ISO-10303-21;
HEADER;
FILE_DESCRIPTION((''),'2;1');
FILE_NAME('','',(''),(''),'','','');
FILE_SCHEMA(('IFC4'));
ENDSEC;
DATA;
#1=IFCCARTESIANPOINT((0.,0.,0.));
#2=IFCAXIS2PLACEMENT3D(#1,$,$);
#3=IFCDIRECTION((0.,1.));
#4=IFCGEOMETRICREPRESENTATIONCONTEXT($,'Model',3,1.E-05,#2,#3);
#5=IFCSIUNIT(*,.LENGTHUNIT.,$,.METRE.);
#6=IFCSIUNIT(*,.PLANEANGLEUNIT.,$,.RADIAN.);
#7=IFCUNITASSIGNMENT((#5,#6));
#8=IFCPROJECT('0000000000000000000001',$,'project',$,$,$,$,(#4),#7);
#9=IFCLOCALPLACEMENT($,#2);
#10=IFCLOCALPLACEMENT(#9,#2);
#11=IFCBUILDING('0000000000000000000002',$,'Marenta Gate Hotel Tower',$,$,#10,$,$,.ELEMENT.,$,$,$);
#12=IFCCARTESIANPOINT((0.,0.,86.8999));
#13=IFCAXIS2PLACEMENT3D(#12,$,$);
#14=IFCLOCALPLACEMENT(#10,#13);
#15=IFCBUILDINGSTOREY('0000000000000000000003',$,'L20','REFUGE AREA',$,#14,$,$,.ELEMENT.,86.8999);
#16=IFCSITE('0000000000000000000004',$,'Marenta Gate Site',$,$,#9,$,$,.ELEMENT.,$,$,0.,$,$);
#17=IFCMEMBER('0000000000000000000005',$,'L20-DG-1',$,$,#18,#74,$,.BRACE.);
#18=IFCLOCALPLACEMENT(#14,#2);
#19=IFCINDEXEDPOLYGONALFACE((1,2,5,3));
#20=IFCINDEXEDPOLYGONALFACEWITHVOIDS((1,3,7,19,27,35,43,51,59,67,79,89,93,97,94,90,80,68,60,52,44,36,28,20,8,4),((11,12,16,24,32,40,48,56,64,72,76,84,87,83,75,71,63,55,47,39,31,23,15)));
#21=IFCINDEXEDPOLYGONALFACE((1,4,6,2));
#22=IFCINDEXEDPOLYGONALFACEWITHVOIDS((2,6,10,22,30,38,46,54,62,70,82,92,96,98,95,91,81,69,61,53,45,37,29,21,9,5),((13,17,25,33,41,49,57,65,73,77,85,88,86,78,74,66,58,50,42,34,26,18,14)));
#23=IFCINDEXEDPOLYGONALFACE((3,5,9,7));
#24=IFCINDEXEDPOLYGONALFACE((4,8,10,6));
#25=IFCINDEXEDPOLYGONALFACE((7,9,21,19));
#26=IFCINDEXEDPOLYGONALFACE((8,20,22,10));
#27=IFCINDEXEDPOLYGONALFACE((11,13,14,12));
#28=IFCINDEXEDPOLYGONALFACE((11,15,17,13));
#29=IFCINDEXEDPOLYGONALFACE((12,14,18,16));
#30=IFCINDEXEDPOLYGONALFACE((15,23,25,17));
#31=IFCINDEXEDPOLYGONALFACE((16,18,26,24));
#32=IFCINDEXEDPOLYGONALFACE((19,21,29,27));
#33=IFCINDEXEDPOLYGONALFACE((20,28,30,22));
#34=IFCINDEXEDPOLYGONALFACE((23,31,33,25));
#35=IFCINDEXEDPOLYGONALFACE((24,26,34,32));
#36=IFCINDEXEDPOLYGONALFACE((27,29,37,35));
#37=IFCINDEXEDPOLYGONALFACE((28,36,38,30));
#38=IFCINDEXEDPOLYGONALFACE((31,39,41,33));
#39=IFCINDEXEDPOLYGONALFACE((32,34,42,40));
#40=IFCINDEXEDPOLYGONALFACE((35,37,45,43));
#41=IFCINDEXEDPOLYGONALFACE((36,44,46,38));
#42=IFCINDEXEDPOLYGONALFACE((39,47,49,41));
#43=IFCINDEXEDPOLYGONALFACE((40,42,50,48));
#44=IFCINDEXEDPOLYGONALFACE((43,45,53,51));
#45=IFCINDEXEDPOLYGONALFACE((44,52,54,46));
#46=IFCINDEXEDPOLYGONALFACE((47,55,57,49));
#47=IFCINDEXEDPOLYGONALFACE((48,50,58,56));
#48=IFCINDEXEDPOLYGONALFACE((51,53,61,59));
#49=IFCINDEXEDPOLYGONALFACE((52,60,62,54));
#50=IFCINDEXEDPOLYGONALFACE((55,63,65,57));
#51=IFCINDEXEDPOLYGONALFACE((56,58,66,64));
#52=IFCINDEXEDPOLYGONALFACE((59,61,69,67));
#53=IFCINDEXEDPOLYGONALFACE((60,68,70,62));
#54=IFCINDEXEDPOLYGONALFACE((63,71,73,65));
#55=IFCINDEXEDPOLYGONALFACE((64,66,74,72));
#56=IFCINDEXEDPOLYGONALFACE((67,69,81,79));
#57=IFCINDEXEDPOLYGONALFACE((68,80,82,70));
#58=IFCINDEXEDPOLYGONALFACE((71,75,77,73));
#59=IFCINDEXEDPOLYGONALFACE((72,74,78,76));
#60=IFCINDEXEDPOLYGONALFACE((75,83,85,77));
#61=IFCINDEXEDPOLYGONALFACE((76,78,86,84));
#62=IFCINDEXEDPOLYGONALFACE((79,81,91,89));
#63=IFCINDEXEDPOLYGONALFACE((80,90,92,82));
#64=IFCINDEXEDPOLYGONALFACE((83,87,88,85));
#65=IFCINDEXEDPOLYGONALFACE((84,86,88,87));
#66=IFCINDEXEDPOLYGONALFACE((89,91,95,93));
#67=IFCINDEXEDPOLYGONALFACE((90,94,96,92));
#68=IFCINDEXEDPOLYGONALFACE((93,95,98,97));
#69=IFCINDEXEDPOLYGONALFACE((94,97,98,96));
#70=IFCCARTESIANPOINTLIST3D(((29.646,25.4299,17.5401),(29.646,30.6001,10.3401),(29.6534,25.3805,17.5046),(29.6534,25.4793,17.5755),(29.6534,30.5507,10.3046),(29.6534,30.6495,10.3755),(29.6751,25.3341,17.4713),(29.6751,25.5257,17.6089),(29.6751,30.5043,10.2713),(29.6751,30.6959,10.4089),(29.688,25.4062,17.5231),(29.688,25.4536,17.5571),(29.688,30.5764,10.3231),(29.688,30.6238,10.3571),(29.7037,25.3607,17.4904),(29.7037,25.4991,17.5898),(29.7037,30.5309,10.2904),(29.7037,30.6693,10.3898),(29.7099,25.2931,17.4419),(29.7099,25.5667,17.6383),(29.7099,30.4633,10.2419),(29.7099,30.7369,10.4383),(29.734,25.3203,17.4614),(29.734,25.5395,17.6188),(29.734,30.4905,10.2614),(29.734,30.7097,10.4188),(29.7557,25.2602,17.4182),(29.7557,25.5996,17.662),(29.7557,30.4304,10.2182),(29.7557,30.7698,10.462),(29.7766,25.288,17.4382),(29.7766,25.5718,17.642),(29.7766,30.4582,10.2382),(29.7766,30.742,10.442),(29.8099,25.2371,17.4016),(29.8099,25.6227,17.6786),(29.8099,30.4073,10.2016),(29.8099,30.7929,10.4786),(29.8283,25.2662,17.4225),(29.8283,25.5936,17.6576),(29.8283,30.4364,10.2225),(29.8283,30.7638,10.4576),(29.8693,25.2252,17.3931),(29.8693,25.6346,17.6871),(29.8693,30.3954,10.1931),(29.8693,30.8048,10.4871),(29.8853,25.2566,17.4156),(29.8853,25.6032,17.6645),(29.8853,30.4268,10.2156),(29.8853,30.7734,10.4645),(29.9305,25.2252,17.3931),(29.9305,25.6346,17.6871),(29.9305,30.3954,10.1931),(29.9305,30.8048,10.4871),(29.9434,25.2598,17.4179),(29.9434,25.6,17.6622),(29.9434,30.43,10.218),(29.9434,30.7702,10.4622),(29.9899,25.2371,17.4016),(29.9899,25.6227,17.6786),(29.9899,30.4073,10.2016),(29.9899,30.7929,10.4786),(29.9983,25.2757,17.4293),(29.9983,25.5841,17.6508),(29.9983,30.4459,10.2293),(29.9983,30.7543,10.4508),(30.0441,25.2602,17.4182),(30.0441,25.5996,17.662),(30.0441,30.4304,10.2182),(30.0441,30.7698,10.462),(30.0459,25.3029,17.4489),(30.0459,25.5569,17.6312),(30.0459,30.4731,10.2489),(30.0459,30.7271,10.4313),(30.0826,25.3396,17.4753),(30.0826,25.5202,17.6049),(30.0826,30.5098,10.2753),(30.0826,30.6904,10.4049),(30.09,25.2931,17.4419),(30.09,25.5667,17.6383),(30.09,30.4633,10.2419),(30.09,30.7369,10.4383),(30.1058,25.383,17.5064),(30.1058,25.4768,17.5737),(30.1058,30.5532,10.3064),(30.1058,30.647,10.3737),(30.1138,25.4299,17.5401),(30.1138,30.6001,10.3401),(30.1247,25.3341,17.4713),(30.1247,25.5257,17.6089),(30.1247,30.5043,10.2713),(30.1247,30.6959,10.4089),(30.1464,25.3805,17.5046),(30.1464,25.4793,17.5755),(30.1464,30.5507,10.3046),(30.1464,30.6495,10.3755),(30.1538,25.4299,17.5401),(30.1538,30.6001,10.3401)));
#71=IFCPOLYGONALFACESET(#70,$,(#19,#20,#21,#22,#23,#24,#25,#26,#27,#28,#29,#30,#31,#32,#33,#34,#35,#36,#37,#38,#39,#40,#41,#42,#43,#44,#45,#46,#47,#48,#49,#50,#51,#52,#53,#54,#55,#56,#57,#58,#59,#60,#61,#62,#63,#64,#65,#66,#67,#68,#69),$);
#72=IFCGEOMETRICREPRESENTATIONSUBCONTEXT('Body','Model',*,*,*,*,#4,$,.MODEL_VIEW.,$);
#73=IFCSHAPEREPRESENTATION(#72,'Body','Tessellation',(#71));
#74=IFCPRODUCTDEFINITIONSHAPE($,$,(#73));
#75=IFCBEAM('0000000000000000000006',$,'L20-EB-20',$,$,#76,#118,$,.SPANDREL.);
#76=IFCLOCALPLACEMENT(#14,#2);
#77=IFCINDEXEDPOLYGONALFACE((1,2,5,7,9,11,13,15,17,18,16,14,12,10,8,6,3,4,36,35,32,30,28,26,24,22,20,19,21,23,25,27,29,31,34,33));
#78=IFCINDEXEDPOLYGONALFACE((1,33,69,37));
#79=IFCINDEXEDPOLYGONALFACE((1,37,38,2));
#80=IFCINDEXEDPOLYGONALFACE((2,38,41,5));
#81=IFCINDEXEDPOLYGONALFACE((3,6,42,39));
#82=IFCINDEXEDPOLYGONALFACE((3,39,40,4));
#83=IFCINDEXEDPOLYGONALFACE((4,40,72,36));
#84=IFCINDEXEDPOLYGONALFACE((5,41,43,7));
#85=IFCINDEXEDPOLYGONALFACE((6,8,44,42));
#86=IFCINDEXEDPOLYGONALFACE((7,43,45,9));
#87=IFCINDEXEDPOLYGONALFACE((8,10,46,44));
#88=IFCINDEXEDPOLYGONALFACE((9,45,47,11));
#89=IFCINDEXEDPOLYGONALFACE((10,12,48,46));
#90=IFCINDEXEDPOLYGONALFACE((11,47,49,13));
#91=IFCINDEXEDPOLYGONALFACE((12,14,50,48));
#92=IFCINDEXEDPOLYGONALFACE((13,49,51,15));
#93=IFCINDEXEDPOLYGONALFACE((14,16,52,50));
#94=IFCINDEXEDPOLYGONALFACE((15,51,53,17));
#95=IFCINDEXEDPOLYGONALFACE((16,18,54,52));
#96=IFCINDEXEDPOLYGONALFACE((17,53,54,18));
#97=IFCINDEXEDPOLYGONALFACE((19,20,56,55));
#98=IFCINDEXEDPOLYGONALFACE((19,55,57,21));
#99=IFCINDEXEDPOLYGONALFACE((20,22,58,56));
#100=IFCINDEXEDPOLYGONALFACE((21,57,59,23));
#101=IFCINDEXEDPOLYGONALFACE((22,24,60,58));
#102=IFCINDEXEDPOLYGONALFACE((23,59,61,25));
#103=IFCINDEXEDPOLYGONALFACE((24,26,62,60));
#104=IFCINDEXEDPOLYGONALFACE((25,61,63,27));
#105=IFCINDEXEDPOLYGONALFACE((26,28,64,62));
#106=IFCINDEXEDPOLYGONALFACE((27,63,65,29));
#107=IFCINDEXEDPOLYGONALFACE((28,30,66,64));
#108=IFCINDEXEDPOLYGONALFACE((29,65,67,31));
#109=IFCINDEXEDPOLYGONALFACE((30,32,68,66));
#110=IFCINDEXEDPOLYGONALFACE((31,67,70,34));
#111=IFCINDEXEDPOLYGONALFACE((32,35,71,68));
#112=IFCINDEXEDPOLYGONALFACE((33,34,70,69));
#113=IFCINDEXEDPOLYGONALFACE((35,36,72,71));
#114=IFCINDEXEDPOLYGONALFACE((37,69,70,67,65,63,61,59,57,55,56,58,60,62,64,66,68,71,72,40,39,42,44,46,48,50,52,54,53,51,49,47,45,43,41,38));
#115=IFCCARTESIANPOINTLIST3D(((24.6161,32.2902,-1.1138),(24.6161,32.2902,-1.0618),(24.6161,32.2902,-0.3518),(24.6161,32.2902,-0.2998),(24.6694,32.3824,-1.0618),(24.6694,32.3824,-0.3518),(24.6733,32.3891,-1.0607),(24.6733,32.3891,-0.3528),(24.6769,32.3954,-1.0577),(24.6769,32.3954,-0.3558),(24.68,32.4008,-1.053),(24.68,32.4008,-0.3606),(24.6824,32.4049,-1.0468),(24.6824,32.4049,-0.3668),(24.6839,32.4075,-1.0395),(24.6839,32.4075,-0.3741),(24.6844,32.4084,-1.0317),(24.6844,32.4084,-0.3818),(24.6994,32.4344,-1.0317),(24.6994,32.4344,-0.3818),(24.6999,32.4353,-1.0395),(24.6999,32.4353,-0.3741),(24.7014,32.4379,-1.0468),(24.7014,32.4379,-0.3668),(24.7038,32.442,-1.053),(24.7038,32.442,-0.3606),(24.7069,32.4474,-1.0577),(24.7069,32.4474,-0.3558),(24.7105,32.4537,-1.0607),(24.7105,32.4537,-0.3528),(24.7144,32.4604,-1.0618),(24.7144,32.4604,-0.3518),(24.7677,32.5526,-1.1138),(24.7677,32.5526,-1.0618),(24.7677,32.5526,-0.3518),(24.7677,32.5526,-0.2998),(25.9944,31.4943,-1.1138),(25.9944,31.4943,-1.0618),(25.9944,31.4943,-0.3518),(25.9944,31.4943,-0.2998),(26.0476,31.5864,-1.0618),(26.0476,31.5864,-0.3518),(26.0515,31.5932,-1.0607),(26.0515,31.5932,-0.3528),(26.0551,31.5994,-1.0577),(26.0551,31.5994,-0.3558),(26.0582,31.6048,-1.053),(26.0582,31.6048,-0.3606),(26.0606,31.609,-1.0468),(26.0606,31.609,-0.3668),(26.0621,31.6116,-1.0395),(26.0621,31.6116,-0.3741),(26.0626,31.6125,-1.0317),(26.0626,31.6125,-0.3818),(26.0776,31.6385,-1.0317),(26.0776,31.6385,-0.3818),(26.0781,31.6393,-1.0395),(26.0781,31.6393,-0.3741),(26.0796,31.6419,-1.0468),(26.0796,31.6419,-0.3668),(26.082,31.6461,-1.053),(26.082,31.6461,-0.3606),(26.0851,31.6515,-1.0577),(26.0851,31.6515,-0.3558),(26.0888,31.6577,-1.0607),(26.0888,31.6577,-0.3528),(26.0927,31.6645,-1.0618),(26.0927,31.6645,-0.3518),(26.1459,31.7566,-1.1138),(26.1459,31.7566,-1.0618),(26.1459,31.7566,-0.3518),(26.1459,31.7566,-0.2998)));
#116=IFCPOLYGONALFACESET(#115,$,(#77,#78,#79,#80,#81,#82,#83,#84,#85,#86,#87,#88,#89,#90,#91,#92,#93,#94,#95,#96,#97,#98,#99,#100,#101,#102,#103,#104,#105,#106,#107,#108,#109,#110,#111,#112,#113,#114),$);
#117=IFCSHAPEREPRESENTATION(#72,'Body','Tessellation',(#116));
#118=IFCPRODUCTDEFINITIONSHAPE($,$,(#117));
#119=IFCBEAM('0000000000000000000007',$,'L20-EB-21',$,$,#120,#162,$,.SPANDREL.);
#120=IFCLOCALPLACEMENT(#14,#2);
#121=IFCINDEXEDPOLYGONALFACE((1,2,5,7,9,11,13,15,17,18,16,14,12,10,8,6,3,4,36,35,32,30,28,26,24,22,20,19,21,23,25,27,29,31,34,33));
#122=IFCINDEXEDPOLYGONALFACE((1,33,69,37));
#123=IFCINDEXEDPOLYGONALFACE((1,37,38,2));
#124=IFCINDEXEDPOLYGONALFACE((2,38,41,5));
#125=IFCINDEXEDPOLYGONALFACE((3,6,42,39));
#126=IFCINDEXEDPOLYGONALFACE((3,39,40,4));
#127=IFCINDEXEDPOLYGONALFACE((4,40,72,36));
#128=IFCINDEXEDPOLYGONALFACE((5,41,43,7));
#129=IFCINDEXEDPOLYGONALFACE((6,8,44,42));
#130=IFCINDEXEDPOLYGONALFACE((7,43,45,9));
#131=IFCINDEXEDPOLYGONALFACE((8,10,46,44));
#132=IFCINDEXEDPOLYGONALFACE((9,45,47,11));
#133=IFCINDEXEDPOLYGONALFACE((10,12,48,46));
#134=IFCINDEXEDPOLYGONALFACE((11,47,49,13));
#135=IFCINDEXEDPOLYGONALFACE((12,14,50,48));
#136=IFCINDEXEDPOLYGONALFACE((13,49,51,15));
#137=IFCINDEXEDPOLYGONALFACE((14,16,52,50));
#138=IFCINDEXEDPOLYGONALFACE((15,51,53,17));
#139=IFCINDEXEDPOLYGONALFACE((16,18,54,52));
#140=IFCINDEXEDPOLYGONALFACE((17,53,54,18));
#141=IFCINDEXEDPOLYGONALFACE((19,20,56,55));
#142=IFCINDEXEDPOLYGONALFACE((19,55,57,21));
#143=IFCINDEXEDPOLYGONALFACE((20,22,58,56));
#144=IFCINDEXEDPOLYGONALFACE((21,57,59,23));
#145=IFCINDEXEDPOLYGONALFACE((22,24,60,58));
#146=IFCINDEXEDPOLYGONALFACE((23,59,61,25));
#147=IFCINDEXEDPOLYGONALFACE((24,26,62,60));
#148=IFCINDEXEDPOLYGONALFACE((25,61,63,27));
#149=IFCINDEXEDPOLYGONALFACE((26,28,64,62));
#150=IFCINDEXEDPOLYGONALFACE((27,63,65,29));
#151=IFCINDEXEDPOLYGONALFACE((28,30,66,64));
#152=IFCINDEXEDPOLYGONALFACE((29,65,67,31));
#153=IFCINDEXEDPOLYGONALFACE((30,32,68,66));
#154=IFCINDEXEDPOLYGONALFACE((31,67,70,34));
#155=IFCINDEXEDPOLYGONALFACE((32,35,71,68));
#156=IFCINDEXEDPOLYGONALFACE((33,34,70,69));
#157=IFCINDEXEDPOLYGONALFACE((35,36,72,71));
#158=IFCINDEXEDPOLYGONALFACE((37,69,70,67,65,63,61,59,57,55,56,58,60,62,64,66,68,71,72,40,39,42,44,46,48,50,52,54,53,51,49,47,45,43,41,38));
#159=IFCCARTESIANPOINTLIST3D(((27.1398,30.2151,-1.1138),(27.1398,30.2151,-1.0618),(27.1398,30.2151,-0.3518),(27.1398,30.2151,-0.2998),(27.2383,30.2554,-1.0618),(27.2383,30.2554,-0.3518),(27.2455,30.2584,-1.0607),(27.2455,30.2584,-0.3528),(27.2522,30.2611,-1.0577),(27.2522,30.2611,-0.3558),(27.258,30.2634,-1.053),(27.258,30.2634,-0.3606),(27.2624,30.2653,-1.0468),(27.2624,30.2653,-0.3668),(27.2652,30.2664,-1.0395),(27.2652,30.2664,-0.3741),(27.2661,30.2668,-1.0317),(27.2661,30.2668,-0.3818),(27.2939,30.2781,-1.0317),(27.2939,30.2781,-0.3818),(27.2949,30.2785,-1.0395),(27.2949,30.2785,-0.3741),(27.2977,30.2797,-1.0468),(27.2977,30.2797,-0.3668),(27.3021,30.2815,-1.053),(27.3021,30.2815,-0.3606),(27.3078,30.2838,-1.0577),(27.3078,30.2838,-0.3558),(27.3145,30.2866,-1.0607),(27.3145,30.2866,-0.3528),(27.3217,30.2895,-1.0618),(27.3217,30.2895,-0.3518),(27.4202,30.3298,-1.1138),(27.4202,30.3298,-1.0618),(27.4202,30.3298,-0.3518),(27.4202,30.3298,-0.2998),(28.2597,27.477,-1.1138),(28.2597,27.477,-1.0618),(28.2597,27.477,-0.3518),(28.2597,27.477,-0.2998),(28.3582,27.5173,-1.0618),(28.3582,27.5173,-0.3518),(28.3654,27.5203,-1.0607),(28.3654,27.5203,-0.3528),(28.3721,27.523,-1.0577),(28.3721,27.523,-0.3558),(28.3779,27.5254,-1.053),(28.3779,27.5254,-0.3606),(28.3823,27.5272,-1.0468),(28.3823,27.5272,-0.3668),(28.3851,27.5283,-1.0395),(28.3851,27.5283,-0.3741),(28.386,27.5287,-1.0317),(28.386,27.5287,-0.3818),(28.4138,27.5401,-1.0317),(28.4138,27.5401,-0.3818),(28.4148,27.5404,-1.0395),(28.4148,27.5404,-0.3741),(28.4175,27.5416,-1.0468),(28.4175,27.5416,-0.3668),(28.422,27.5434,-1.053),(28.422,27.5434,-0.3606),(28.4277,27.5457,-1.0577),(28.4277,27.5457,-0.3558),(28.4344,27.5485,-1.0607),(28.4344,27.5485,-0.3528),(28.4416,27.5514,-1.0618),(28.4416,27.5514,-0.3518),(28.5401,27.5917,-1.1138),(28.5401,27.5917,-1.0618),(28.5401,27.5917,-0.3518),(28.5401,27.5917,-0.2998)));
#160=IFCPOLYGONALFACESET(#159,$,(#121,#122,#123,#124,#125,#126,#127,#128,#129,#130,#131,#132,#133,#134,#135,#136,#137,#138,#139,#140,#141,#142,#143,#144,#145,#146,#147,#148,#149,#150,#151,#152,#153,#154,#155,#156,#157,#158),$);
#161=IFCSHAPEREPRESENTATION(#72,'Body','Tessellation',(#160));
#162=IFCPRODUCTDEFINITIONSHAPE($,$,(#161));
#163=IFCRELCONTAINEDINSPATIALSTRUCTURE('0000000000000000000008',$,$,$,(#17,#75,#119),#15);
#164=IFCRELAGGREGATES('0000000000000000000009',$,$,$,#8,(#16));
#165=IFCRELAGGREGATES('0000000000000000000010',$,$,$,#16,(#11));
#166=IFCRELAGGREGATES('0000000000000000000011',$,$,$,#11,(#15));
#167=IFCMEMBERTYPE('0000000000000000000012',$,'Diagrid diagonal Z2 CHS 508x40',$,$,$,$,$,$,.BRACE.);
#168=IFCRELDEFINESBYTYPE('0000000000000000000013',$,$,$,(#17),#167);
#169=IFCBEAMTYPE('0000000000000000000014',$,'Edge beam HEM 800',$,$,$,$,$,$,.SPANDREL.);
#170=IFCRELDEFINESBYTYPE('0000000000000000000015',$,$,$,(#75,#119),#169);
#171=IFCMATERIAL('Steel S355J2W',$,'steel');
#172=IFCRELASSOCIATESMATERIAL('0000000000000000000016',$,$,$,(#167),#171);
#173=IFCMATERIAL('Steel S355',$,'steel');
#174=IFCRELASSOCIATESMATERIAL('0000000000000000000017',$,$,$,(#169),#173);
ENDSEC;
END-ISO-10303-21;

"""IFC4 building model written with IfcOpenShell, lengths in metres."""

from ifc_helpers import new_model, si_unit, direction, frame, origin, origin_2d, place, context, subcontext, project, spatial, hollow_circle, i_section, extrude, material, material_profile, profile_set, type_object, element, save


model = new_model("IFC4")

# Units and contexts
model_context = context("Model", 3, precision=1e-05, world=origin(), true_north=direction((0.0, 1.0)))
body_context = subcontext(model_context, "Body", "Model", "MODEL_VIEW")
ifc_project = project(units=[si_unit("LENGTHUNIT", "METRE"), si_unit("PLANEANGLEUNIT", "RADIAN")], contexts=[model_context])

# Site, building, storey
site_placement = place(None, origin())
site = spatial("IfcSite", under=ifc_project, at=site_placement, Name="Marenta Gate Site", CompositionType="ELEMENT", RefElevation=0.0)
building_placement = place(site_placement, origin())
building = spatial("IfcBuilding", under=site, at=building_placement, Name="Marenta Gate Hotel Tower", CompositionType="ELEMENT")
storey_placement = place(building_placement, frame((0.0, 0.0, 86.8999)))
storey = spatial("IfcBuildingStorey", under=building, at=storey_placement, Name="L20", Description="REFUGE AREA", CompositionType="ELEMENT", Elevation=86.8999)

# Member
ifc_material_1 = material(Name="Steel S355J2W", Category="steel")
ifc_material_profile_1 = material_profile(ifc_material_1, hollow_circle(Radius=0.2539, WallThickness=0.04, at=origin_2d()), Name="CHS 508x40")
ifc_profile_set_1 = profile_set([ifc_material_profile_1], Name="Steel S355J2W")
member_type_1 = type_object("IfcMemberType", Name="Diagrid diagonal Z2 CHS 508x40", PredefinedType="BRACE", material=ifc_profile_set_1)
member_1_placement = place(storey_placement, frame((29.8999, 30.6001, 10.3401), z_axis=(0.0, -0.583279, 0.812272), x_axis=(1.0, 0.0, 0.0)))
element("IfcMember", 1, at=member_1_placement, inside=storey, type_object=member_type_1, Name="L20-DG-1", PredefinedType="BRACE", context=body_context, shape_type="SweptSolid", body=[
    extrude(hollow_circle(Radius=0.2539, WallThickness=0.04, at=origin_2d()), origin(), (0.0, 0.0, 1.0), 8.864),
])

# Beams
ifc_material_2 = material(Name="Steel S355", Category="steel")
ifc_material_profile_2 = material_profile(ifc_material_2, i_section(OverallWidth=0.303, OverallDepth=0.814, WebThickness=0.03, FlangeThickness=0.052, FilletRadius=0.03, at=origin_2d()), Name="HEM 800")
ifc_profile_set_2 = profile_set([ifc_material_profile_2], Name="Steel S355")
beam_type_1 = type_object("IfcBeamType", Name="Edge beam HEM 800", PredefinedType="SPANDREL", material=ifc_profile_set_2)
beam_1_placement = place(storey_placement, frame((24.6919, 32.4214, -0.7068), z_axis=(0.865968, -0.500099, 0.0), x_axis=(0.500099, 0.865968, 0.0)))
element("IfcBeam", 2, at=beam_1_placement, inside=storey, type_object=beam_type_1, Name="L20-EB-20", PredefinedType="SPANDREL", context=body_context, shape_type="SweptSolid", body=[
    extrude(i_section(OverallWidth=0.303, OverallDepth=0.814, WebThickness=0.03, FlangeThickness=0.052, FilletRadius=0.03, at=origin_2d()), origin(), (0.0, 0.0, 1.0), 1.5916),
])
beam_2_placement = place(storey_placement, frame((27.28, 30.2725, -0.7068), z_axis=(0.378565, -0.925575, 0.0), x_axis=(0.925575, 0.378565, 0.0)))
element("IfcBeam", 3, at=beam_2_placement, inside=storey, type_object=beam_type_1, Name="L20-EB-21", PredefinedType="SPANDREL", context=body_context, shape_type="SweptSolid", body=[
    extrude(i_section(OverallWidth=0.303, OverallDepth=0.814, WebThickness=0.03, FlangeThickness=0.052, FilletRadius=0.03, at=origin_2d()), origin(), (0.0, 0.0, 1.0), 2.9583),
])

save(model, "model.ifc")
